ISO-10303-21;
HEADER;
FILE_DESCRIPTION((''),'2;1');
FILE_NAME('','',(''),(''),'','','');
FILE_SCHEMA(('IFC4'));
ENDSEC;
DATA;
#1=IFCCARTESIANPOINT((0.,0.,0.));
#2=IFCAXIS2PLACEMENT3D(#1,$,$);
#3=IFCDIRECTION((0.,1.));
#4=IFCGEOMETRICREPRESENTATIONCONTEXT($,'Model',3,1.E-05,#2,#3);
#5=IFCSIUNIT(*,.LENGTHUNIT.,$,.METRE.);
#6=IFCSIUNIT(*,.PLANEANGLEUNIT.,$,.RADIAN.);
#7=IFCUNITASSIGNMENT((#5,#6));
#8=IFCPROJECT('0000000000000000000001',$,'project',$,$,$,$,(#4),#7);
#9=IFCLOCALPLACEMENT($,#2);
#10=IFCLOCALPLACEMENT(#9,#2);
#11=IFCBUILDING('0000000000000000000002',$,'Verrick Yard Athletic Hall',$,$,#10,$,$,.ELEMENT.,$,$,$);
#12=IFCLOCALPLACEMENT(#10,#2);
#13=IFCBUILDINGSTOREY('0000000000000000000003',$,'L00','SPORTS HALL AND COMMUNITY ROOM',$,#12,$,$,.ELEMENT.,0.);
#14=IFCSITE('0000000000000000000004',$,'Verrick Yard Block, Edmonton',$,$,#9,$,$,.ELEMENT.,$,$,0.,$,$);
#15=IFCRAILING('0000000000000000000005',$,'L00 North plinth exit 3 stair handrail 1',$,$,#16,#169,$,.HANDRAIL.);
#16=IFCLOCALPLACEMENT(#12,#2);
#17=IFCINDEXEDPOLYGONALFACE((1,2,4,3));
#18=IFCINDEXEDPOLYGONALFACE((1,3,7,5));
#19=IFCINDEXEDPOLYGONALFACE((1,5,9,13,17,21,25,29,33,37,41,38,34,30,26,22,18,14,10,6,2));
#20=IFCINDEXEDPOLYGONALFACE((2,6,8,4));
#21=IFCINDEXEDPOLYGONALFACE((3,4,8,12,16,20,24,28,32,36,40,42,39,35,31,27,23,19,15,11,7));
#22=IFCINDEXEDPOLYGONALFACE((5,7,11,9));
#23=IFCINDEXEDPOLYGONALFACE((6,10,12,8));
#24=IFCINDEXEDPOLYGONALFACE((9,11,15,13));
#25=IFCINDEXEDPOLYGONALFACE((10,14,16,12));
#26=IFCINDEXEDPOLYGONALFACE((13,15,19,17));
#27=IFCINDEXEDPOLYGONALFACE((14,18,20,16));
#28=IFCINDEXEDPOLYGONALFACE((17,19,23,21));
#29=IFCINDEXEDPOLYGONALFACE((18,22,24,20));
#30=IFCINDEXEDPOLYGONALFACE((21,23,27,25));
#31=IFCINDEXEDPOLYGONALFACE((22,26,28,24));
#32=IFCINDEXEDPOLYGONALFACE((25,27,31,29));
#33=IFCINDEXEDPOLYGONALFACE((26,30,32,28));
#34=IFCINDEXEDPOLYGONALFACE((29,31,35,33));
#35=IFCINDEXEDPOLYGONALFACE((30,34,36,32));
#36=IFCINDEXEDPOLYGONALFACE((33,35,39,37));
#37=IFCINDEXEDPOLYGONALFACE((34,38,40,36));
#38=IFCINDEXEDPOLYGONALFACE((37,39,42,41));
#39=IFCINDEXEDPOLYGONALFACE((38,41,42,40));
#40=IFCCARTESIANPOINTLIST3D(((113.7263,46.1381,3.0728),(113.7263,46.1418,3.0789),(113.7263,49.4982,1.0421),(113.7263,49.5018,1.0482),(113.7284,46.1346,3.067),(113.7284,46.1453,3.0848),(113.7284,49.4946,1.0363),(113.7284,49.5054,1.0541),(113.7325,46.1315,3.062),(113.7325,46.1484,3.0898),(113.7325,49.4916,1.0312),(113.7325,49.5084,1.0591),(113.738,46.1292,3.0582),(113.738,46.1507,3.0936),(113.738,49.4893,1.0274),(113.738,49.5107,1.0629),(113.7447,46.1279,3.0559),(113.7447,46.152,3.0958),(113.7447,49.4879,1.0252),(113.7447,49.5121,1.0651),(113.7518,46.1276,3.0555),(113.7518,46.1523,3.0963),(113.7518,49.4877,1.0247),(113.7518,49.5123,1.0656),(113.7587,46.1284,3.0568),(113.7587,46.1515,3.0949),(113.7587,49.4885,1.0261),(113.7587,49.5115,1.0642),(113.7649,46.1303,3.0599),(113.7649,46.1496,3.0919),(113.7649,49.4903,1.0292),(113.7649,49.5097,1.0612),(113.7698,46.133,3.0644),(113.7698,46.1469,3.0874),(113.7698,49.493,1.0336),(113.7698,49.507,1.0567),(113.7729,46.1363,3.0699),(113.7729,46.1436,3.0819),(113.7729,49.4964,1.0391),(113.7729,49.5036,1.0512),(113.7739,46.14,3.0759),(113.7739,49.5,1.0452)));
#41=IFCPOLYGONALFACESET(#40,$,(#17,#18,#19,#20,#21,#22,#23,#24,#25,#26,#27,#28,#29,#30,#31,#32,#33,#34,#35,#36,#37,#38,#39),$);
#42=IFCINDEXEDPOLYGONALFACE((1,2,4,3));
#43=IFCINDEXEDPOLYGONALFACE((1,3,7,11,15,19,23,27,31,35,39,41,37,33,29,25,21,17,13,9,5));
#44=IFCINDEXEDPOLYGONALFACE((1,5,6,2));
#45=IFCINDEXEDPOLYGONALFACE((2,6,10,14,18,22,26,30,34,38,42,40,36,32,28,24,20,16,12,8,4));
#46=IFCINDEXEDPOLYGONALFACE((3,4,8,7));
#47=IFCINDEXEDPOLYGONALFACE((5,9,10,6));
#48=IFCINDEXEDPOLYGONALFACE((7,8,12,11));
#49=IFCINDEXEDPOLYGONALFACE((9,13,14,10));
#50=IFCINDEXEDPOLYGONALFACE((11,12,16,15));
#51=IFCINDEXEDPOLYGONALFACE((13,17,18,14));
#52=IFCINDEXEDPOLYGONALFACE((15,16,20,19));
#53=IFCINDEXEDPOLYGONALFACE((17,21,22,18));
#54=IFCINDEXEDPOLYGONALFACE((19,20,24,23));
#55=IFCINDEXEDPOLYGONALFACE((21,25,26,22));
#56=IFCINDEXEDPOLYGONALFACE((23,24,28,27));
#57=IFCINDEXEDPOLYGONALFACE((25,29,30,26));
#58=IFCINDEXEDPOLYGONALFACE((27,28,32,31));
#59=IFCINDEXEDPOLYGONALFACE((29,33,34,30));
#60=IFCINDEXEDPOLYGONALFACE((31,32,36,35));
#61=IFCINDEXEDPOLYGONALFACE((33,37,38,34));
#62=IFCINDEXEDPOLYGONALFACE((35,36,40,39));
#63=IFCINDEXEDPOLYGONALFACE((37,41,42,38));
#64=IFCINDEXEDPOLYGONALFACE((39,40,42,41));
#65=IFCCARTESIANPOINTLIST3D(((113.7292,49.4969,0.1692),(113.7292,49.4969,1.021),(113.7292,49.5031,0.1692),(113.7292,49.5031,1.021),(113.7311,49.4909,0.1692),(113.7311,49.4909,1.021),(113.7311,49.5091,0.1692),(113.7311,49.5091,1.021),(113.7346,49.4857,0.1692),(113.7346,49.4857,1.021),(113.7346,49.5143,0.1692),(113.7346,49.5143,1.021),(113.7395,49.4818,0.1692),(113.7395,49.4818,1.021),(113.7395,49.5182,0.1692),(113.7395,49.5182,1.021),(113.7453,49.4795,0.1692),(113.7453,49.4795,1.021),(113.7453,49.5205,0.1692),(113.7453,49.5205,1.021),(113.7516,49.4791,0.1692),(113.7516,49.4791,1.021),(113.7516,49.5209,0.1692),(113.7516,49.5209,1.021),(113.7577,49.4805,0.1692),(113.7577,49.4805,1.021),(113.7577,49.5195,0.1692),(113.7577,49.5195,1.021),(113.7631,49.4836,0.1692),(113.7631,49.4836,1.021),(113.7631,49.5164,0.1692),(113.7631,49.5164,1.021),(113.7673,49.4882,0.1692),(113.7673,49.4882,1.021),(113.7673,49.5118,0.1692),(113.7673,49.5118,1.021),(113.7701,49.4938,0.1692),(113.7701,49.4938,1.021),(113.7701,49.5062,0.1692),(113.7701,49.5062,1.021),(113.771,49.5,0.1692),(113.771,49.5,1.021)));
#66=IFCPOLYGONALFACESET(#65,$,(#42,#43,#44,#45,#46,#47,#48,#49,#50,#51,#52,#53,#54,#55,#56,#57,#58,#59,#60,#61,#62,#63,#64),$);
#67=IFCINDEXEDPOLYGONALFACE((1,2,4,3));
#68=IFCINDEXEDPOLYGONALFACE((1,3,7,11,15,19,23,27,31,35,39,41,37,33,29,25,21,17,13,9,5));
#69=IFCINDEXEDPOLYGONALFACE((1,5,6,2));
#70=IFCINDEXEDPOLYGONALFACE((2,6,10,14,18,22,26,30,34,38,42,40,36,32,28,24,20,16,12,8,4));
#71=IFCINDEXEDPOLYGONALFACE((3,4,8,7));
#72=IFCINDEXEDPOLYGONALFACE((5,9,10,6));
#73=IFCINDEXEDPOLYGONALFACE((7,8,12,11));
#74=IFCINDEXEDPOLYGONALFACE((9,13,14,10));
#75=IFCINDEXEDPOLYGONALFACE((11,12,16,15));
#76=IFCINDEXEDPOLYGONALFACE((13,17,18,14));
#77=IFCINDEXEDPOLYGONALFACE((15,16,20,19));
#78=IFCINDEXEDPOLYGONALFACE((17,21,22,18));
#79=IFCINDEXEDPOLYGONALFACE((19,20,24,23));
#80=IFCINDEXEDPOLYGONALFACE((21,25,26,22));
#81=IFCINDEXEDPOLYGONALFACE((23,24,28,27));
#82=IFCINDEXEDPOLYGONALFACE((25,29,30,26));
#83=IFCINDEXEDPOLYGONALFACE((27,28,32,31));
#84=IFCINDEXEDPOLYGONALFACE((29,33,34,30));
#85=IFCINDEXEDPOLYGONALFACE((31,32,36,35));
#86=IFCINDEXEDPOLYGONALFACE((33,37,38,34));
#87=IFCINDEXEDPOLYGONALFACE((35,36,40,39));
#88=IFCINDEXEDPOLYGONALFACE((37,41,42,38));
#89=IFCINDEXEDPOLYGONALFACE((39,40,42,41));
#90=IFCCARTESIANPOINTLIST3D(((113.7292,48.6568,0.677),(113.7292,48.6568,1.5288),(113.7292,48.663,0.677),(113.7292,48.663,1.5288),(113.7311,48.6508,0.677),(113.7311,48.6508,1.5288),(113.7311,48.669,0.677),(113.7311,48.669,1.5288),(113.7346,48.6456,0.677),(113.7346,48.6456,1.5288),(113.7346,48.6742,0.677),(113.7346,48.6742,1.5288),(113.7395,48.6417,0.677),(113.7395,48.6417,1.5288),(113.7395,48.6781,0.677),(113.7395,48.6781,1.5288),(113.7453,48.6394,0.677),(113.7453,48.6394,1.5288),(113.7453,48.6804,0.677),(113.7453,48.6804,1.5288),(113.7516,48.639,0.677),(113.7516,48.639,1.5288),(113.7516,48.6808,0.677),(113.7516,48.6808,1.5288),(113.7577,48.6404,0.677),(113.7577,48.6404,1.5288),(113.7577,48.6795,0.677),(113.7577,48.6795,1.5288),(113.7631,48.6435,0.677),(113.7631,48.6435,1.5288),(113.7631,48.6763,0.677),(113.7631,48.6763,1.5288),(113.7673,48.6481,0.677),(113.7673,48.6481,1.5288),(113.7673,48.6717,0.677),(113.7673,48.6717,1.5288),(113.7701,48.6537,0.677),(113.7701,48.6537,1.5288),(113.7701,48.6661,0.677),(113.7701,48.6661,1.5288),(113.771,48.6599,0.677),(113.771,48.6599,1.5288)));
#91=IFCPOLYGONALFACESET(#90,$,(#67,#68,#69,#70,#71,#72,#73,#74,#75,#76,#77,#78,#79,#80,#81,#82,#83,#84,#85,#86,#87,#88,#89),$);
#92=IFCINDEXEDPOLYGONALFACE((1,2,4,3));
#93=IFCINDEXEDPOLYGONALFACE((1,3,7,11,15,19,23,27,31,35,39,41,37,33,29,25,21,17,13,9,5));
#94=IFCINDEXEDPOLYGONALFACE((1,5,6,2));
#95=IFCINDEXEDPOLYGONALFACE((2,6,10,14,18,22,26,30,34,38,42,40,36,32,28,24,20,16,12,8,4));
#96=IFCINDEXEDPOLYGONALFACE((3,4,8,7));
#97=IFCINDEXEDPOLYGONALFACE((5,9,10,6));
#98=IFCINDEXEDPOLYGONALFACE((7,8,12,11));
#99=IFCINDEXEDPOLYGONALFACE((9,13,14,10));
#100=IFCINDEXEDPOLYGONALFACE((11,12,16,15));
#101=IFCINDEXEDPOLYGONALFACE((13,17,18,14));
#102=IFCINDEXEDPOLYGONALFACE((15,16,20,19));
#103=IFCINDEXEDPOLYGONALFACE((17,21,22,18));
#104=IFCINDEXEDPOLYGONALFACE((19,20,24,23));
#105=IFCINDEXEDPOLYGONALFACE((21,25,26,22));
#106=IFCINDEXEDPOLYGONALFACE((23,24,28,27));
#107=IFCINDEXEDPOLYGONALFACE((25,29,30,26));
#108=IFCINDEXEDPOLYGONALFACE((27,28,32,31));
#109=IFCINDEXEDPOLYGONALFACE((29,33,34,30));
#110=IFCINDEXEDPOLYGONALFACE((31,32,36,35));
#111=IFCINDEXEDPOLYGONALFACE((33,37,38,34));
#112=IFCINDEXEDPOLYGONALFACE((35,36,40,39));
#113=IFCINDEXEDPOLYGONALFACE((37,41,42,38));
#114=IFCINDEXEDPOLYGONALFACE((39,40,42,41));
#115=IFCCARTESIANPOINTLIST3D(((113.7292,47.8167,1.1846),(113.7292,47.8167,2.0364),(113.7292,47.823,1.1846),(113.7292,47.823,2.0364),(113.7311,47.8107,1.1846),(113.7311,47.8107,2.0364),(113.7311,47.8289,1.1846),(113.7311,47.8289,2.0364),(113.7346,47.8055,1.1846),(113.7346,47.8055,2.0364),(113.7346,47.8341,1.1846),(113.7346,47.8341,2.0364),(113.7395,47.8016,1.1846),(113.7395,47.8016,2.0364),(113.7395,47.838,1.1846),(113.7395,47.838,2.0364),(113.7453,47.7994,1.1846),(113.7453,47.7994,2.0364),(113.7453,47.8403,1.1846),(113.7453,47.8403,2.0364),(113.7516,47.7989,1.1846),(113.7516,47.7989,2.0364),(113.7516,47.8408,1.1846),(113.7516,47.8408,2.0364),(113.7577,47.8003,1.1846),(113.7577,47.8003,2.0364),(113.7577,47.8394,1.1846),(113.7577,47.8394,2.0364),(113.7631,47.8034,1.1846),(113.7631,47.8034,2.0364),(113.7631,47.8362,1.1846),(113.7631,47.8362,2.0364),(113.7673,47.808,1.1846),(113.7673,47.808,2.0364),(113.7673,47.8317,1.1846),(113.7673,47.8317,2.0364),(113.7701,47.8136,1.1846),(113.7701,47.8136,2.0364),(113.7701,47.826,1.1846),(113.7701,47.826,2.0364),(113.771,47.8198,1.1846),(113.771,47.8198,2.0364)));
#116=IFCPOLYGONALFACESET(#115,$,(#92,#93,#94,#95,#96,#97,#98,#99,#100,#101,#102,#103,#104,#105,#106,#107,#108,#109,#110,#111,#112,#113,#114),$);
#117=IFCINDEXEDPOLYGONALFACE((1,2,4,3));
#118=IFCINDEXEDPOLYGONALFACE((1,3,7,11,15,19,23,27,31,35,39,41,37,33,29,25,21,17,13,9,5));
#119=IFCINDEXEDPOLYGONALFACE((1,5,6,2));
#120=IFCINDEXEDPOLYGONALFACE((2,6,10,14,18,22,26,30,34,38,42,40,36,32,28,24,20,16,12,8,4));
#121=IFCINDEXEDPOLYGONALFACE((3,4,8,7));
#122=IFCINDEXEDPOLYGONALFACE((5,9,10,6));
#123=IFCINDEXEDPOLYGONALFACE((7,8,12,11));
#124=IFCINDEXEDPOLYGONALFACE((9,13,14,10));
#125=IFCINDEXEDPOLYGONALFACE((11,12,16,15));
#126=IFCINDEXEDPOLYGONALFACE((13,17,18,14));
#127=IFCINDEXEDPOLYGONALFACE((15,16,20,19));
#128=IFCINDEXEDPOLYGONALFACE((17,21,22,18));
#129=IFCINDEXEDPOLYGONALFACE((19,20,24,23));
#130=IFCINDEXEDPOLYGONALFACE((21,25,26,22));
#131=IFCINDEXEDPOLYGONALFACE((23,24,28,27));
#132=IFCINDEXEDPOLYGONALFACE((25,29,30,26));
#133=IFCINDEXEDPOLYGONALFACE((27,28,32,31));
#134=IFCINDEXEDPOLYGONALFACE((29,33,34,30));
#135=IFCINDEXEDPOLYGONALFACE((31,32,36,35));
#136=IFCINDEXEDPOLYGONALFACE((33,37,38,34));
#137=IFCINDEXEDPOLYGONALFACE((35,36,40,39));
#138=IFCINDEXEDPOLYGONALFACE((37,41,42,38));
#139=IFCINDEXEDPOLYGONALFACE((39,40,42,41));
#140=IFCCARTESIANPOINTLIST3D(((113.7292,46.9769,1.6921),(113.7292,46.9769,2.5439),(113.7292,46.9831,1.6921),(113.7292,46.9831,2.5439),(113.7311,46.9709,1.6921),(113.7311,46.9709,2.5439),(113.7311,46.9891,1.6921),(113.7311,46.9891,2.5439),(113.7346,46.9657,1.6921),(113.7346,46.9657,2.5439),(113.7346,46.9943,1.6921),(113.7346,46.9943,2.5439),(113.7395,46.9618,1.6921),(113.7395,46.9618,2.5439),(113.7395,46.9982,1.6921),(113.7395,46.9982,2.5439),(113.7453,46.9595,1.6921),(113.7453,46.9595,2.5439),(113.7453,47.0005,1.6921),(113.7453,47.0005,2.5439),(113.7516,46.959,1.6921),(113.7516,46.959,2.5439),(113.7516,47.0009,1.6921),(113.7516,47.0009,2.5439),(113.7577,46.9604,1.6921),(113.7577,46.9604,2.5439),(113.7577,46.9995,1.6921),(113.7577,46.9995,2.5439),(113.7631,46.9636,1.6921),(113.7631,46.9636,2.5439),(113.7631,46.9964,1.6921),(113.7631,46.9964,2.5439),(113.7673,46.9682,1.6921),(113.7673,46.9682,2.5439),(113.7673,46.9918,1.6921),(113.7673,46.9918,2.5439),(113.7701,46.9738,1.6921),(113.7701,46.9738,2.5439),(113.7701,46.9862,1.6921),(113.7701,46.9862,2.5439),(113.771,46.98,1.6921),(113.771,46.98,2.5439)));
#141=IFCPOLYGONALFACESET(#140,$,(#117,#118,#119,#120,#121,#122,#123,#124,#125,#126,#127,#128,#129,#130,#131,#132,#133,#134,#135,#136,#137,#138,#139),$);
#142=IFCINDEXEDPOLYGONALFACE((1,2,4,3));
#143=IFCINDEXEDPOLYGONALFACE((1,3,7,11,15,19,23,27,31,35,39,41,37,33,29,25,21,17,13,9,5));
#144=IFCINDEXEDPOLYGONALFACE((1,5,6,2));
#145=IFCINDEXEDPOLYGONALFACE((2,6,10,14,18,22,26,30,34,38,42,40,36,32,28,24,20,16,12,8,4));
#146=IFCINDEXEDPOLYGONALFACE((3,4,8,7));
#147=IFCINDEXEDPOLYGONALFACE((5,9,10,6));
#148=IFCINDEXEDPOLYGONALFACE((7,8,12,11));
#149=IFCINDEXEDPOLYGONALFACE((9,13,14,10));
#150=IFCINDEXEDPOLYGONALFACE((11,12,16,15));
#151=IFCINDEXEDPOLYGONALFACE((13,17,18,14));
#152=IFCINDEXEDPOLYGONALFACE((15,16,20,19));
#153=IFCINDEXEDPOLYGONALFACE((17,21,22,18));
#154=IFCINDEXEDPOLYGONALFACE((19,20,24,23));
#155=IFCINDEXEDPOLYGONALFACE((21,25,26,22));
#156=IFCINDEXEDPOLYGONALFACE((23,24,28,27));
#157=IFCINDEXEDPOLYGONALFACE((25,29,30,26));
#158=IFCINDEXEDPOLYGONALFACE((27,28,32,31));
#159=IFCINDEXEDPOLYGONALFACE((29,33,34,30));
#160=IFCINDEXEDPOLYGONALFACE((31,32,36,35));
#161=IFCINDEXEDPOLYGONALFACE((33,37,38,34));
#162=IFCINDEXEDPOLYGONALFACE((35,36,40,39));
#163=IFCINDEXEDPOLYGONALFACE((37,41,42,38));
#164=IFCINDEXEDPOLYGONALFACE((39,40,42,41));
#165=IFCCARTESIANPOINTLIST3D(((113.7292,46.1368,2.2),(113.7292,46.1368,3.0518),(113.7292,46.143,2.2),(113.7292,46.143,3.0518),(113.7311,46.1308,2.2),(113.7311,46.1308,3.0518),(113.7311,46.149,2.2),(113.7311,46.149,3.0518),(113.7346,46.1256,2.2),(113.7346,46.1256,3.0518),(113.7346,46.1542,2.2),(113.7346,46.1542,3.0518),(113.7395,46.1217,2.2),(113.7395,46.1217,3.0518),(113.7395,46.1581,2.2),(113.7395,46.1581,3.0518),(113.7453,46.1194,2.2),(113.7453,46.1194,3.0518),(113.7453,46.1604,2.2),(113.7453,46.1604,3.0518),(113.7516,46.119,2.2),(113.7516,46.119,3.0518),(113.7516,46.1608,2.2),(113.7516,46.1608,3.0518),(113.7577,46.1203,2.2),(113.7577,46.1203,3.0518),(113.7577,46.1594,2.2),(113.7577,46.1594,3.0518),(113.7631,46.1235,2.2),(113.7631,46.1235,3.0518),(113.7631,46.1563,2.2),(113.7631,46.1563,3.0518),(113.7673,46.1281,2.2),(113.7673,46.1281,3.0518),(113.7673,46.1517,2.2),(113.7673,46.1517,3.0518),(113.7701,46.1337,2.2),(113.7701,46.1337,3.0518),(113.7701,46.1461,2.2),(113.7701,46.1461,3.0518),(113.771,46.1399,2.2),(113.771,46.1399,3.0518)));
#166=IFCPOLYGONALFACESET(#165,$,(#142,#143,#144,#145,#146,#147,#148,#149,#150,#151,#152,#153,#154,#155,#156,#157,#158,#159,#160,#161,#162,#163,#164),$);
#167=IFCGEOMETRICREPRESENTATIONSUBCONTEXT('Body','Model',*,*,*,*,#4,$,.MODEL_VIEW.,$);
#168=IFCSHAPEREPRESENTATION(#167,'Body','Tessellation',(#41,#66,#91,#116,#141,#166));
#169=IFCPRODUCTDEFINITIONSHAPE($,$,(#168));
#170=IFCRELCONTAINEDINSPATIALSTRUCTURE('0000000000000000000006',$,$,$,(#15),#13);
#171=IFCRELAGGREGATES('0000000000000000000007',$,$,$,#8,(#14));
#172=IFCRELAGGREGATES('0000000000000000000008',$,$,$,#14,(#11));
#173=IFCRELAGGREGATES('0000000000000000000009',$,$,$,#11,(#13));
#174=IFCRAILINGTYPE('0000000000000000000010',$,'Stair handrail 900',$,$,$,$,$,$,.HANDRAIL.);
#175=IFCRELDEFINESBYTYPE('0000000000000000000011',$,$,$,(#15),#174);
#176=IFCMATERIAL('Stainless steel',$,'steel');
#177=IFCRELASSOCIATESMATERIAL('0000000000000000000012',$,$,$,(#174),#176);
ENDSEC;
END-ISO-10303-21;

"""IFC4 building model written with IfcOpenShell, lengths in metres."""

from ifc_helpers import new_model, si_unit, direction, frame, origin, origin_2d, place, context, subcontext, project, spatial, circle, extrude, material, type_object, element, save


model = new_model("IFC4")

# Units and contexts
model_context = context("Model", 3, precision=1e-05, world=origin(), true_north=direction((0.0, 1.0)))
body_context = subcontext(model_context, "Body", "Model", "MODEL_VIEW")
ifc_project = project(units=[si_unit("LENGTHUNIT", "METRE"), si_unit("PLANEANGLEUNIT", "RADIAN")], contexts=[model_context])

# Site, building, storey
site_placement = place(None, origin())
site = spatial("IfcSite", under=ifc_project, at=site_placement, Name="Verrick Yard Block, Edmonton", CompositionType="ELEMENT", RefElevation=0.0)
building_placement = place(site_placement, origin())
building = spatial("IfcBuilding", under=site, at=building_placement, Name="Verrick Yard Athletic Hall", CompositionType="ELEMENT")
storey_placement = place(building_placement, origin())
storey = spatial("IfcBuildingStorey", under=building, at=storey_placement, Name="L00", Description="SPORTS HALL AND COMMUNITY ROOM", CompositionType="ELEMENT", Elevation=0.0)

# Railing
ifc_material_1 = material(Name="Stainless steel", Category="steel")
railing_type_1 = type_object("IfcRailingType", Name="Stair handrail 900", PredefinedType="HANDRAIL", material=ifc_material_1)
railing_1_placement = place(storey_placement, frame((113.75, 49.5, 0.1692)))
element("IfcRailing", 1, at=railing_1_placement, inside=storey, type_object=railing_type_1, Name="L00 North plinth exit 3 stair handrail 1", PredefinedType="HANDRAIL", context=body_context, shape_type="SweptSolid", body=[
    extrude(circle(Radius=0.0239, at=origin_2d()), frame((0.0, 0.0, 0.876), z_axis=(0.0, -0.855837, 0.517246), x_axis=(1.0, 0.0, 0.0)), (0.0, 0.0, 1.0), 3.926),
    extrude(circle(Radius=0.021, at=origin_2d()), origin(), (0.0, 0.0, 1.0), 0.8518),
    extrude(circle(Radius=0.021, at=origin_2d()), frame((0.0, -0.8401, 0.5078)), (0.0, 0.0, 1.0), 0.8518),
    extrude(circle(Radius=0.021, at=origin_2d()), frame((0.0, -1.6802, 1.0154)), (0.0, 0.0, 1.0), 0.8518),
    extrude(circle(Radius=0.021, at=origin_2d()), frame((0.0, -2.52, 1.5229)), (0.0, 0.0, 1.0), 0.8518),
    extrude(circle(Radius=0.021, at=origin_2d()), frame((0.0, -3.3601, 2.0308)), (0.0, 0.0, 1.0), 0.8518),
])

save(model, "model.ifc")
